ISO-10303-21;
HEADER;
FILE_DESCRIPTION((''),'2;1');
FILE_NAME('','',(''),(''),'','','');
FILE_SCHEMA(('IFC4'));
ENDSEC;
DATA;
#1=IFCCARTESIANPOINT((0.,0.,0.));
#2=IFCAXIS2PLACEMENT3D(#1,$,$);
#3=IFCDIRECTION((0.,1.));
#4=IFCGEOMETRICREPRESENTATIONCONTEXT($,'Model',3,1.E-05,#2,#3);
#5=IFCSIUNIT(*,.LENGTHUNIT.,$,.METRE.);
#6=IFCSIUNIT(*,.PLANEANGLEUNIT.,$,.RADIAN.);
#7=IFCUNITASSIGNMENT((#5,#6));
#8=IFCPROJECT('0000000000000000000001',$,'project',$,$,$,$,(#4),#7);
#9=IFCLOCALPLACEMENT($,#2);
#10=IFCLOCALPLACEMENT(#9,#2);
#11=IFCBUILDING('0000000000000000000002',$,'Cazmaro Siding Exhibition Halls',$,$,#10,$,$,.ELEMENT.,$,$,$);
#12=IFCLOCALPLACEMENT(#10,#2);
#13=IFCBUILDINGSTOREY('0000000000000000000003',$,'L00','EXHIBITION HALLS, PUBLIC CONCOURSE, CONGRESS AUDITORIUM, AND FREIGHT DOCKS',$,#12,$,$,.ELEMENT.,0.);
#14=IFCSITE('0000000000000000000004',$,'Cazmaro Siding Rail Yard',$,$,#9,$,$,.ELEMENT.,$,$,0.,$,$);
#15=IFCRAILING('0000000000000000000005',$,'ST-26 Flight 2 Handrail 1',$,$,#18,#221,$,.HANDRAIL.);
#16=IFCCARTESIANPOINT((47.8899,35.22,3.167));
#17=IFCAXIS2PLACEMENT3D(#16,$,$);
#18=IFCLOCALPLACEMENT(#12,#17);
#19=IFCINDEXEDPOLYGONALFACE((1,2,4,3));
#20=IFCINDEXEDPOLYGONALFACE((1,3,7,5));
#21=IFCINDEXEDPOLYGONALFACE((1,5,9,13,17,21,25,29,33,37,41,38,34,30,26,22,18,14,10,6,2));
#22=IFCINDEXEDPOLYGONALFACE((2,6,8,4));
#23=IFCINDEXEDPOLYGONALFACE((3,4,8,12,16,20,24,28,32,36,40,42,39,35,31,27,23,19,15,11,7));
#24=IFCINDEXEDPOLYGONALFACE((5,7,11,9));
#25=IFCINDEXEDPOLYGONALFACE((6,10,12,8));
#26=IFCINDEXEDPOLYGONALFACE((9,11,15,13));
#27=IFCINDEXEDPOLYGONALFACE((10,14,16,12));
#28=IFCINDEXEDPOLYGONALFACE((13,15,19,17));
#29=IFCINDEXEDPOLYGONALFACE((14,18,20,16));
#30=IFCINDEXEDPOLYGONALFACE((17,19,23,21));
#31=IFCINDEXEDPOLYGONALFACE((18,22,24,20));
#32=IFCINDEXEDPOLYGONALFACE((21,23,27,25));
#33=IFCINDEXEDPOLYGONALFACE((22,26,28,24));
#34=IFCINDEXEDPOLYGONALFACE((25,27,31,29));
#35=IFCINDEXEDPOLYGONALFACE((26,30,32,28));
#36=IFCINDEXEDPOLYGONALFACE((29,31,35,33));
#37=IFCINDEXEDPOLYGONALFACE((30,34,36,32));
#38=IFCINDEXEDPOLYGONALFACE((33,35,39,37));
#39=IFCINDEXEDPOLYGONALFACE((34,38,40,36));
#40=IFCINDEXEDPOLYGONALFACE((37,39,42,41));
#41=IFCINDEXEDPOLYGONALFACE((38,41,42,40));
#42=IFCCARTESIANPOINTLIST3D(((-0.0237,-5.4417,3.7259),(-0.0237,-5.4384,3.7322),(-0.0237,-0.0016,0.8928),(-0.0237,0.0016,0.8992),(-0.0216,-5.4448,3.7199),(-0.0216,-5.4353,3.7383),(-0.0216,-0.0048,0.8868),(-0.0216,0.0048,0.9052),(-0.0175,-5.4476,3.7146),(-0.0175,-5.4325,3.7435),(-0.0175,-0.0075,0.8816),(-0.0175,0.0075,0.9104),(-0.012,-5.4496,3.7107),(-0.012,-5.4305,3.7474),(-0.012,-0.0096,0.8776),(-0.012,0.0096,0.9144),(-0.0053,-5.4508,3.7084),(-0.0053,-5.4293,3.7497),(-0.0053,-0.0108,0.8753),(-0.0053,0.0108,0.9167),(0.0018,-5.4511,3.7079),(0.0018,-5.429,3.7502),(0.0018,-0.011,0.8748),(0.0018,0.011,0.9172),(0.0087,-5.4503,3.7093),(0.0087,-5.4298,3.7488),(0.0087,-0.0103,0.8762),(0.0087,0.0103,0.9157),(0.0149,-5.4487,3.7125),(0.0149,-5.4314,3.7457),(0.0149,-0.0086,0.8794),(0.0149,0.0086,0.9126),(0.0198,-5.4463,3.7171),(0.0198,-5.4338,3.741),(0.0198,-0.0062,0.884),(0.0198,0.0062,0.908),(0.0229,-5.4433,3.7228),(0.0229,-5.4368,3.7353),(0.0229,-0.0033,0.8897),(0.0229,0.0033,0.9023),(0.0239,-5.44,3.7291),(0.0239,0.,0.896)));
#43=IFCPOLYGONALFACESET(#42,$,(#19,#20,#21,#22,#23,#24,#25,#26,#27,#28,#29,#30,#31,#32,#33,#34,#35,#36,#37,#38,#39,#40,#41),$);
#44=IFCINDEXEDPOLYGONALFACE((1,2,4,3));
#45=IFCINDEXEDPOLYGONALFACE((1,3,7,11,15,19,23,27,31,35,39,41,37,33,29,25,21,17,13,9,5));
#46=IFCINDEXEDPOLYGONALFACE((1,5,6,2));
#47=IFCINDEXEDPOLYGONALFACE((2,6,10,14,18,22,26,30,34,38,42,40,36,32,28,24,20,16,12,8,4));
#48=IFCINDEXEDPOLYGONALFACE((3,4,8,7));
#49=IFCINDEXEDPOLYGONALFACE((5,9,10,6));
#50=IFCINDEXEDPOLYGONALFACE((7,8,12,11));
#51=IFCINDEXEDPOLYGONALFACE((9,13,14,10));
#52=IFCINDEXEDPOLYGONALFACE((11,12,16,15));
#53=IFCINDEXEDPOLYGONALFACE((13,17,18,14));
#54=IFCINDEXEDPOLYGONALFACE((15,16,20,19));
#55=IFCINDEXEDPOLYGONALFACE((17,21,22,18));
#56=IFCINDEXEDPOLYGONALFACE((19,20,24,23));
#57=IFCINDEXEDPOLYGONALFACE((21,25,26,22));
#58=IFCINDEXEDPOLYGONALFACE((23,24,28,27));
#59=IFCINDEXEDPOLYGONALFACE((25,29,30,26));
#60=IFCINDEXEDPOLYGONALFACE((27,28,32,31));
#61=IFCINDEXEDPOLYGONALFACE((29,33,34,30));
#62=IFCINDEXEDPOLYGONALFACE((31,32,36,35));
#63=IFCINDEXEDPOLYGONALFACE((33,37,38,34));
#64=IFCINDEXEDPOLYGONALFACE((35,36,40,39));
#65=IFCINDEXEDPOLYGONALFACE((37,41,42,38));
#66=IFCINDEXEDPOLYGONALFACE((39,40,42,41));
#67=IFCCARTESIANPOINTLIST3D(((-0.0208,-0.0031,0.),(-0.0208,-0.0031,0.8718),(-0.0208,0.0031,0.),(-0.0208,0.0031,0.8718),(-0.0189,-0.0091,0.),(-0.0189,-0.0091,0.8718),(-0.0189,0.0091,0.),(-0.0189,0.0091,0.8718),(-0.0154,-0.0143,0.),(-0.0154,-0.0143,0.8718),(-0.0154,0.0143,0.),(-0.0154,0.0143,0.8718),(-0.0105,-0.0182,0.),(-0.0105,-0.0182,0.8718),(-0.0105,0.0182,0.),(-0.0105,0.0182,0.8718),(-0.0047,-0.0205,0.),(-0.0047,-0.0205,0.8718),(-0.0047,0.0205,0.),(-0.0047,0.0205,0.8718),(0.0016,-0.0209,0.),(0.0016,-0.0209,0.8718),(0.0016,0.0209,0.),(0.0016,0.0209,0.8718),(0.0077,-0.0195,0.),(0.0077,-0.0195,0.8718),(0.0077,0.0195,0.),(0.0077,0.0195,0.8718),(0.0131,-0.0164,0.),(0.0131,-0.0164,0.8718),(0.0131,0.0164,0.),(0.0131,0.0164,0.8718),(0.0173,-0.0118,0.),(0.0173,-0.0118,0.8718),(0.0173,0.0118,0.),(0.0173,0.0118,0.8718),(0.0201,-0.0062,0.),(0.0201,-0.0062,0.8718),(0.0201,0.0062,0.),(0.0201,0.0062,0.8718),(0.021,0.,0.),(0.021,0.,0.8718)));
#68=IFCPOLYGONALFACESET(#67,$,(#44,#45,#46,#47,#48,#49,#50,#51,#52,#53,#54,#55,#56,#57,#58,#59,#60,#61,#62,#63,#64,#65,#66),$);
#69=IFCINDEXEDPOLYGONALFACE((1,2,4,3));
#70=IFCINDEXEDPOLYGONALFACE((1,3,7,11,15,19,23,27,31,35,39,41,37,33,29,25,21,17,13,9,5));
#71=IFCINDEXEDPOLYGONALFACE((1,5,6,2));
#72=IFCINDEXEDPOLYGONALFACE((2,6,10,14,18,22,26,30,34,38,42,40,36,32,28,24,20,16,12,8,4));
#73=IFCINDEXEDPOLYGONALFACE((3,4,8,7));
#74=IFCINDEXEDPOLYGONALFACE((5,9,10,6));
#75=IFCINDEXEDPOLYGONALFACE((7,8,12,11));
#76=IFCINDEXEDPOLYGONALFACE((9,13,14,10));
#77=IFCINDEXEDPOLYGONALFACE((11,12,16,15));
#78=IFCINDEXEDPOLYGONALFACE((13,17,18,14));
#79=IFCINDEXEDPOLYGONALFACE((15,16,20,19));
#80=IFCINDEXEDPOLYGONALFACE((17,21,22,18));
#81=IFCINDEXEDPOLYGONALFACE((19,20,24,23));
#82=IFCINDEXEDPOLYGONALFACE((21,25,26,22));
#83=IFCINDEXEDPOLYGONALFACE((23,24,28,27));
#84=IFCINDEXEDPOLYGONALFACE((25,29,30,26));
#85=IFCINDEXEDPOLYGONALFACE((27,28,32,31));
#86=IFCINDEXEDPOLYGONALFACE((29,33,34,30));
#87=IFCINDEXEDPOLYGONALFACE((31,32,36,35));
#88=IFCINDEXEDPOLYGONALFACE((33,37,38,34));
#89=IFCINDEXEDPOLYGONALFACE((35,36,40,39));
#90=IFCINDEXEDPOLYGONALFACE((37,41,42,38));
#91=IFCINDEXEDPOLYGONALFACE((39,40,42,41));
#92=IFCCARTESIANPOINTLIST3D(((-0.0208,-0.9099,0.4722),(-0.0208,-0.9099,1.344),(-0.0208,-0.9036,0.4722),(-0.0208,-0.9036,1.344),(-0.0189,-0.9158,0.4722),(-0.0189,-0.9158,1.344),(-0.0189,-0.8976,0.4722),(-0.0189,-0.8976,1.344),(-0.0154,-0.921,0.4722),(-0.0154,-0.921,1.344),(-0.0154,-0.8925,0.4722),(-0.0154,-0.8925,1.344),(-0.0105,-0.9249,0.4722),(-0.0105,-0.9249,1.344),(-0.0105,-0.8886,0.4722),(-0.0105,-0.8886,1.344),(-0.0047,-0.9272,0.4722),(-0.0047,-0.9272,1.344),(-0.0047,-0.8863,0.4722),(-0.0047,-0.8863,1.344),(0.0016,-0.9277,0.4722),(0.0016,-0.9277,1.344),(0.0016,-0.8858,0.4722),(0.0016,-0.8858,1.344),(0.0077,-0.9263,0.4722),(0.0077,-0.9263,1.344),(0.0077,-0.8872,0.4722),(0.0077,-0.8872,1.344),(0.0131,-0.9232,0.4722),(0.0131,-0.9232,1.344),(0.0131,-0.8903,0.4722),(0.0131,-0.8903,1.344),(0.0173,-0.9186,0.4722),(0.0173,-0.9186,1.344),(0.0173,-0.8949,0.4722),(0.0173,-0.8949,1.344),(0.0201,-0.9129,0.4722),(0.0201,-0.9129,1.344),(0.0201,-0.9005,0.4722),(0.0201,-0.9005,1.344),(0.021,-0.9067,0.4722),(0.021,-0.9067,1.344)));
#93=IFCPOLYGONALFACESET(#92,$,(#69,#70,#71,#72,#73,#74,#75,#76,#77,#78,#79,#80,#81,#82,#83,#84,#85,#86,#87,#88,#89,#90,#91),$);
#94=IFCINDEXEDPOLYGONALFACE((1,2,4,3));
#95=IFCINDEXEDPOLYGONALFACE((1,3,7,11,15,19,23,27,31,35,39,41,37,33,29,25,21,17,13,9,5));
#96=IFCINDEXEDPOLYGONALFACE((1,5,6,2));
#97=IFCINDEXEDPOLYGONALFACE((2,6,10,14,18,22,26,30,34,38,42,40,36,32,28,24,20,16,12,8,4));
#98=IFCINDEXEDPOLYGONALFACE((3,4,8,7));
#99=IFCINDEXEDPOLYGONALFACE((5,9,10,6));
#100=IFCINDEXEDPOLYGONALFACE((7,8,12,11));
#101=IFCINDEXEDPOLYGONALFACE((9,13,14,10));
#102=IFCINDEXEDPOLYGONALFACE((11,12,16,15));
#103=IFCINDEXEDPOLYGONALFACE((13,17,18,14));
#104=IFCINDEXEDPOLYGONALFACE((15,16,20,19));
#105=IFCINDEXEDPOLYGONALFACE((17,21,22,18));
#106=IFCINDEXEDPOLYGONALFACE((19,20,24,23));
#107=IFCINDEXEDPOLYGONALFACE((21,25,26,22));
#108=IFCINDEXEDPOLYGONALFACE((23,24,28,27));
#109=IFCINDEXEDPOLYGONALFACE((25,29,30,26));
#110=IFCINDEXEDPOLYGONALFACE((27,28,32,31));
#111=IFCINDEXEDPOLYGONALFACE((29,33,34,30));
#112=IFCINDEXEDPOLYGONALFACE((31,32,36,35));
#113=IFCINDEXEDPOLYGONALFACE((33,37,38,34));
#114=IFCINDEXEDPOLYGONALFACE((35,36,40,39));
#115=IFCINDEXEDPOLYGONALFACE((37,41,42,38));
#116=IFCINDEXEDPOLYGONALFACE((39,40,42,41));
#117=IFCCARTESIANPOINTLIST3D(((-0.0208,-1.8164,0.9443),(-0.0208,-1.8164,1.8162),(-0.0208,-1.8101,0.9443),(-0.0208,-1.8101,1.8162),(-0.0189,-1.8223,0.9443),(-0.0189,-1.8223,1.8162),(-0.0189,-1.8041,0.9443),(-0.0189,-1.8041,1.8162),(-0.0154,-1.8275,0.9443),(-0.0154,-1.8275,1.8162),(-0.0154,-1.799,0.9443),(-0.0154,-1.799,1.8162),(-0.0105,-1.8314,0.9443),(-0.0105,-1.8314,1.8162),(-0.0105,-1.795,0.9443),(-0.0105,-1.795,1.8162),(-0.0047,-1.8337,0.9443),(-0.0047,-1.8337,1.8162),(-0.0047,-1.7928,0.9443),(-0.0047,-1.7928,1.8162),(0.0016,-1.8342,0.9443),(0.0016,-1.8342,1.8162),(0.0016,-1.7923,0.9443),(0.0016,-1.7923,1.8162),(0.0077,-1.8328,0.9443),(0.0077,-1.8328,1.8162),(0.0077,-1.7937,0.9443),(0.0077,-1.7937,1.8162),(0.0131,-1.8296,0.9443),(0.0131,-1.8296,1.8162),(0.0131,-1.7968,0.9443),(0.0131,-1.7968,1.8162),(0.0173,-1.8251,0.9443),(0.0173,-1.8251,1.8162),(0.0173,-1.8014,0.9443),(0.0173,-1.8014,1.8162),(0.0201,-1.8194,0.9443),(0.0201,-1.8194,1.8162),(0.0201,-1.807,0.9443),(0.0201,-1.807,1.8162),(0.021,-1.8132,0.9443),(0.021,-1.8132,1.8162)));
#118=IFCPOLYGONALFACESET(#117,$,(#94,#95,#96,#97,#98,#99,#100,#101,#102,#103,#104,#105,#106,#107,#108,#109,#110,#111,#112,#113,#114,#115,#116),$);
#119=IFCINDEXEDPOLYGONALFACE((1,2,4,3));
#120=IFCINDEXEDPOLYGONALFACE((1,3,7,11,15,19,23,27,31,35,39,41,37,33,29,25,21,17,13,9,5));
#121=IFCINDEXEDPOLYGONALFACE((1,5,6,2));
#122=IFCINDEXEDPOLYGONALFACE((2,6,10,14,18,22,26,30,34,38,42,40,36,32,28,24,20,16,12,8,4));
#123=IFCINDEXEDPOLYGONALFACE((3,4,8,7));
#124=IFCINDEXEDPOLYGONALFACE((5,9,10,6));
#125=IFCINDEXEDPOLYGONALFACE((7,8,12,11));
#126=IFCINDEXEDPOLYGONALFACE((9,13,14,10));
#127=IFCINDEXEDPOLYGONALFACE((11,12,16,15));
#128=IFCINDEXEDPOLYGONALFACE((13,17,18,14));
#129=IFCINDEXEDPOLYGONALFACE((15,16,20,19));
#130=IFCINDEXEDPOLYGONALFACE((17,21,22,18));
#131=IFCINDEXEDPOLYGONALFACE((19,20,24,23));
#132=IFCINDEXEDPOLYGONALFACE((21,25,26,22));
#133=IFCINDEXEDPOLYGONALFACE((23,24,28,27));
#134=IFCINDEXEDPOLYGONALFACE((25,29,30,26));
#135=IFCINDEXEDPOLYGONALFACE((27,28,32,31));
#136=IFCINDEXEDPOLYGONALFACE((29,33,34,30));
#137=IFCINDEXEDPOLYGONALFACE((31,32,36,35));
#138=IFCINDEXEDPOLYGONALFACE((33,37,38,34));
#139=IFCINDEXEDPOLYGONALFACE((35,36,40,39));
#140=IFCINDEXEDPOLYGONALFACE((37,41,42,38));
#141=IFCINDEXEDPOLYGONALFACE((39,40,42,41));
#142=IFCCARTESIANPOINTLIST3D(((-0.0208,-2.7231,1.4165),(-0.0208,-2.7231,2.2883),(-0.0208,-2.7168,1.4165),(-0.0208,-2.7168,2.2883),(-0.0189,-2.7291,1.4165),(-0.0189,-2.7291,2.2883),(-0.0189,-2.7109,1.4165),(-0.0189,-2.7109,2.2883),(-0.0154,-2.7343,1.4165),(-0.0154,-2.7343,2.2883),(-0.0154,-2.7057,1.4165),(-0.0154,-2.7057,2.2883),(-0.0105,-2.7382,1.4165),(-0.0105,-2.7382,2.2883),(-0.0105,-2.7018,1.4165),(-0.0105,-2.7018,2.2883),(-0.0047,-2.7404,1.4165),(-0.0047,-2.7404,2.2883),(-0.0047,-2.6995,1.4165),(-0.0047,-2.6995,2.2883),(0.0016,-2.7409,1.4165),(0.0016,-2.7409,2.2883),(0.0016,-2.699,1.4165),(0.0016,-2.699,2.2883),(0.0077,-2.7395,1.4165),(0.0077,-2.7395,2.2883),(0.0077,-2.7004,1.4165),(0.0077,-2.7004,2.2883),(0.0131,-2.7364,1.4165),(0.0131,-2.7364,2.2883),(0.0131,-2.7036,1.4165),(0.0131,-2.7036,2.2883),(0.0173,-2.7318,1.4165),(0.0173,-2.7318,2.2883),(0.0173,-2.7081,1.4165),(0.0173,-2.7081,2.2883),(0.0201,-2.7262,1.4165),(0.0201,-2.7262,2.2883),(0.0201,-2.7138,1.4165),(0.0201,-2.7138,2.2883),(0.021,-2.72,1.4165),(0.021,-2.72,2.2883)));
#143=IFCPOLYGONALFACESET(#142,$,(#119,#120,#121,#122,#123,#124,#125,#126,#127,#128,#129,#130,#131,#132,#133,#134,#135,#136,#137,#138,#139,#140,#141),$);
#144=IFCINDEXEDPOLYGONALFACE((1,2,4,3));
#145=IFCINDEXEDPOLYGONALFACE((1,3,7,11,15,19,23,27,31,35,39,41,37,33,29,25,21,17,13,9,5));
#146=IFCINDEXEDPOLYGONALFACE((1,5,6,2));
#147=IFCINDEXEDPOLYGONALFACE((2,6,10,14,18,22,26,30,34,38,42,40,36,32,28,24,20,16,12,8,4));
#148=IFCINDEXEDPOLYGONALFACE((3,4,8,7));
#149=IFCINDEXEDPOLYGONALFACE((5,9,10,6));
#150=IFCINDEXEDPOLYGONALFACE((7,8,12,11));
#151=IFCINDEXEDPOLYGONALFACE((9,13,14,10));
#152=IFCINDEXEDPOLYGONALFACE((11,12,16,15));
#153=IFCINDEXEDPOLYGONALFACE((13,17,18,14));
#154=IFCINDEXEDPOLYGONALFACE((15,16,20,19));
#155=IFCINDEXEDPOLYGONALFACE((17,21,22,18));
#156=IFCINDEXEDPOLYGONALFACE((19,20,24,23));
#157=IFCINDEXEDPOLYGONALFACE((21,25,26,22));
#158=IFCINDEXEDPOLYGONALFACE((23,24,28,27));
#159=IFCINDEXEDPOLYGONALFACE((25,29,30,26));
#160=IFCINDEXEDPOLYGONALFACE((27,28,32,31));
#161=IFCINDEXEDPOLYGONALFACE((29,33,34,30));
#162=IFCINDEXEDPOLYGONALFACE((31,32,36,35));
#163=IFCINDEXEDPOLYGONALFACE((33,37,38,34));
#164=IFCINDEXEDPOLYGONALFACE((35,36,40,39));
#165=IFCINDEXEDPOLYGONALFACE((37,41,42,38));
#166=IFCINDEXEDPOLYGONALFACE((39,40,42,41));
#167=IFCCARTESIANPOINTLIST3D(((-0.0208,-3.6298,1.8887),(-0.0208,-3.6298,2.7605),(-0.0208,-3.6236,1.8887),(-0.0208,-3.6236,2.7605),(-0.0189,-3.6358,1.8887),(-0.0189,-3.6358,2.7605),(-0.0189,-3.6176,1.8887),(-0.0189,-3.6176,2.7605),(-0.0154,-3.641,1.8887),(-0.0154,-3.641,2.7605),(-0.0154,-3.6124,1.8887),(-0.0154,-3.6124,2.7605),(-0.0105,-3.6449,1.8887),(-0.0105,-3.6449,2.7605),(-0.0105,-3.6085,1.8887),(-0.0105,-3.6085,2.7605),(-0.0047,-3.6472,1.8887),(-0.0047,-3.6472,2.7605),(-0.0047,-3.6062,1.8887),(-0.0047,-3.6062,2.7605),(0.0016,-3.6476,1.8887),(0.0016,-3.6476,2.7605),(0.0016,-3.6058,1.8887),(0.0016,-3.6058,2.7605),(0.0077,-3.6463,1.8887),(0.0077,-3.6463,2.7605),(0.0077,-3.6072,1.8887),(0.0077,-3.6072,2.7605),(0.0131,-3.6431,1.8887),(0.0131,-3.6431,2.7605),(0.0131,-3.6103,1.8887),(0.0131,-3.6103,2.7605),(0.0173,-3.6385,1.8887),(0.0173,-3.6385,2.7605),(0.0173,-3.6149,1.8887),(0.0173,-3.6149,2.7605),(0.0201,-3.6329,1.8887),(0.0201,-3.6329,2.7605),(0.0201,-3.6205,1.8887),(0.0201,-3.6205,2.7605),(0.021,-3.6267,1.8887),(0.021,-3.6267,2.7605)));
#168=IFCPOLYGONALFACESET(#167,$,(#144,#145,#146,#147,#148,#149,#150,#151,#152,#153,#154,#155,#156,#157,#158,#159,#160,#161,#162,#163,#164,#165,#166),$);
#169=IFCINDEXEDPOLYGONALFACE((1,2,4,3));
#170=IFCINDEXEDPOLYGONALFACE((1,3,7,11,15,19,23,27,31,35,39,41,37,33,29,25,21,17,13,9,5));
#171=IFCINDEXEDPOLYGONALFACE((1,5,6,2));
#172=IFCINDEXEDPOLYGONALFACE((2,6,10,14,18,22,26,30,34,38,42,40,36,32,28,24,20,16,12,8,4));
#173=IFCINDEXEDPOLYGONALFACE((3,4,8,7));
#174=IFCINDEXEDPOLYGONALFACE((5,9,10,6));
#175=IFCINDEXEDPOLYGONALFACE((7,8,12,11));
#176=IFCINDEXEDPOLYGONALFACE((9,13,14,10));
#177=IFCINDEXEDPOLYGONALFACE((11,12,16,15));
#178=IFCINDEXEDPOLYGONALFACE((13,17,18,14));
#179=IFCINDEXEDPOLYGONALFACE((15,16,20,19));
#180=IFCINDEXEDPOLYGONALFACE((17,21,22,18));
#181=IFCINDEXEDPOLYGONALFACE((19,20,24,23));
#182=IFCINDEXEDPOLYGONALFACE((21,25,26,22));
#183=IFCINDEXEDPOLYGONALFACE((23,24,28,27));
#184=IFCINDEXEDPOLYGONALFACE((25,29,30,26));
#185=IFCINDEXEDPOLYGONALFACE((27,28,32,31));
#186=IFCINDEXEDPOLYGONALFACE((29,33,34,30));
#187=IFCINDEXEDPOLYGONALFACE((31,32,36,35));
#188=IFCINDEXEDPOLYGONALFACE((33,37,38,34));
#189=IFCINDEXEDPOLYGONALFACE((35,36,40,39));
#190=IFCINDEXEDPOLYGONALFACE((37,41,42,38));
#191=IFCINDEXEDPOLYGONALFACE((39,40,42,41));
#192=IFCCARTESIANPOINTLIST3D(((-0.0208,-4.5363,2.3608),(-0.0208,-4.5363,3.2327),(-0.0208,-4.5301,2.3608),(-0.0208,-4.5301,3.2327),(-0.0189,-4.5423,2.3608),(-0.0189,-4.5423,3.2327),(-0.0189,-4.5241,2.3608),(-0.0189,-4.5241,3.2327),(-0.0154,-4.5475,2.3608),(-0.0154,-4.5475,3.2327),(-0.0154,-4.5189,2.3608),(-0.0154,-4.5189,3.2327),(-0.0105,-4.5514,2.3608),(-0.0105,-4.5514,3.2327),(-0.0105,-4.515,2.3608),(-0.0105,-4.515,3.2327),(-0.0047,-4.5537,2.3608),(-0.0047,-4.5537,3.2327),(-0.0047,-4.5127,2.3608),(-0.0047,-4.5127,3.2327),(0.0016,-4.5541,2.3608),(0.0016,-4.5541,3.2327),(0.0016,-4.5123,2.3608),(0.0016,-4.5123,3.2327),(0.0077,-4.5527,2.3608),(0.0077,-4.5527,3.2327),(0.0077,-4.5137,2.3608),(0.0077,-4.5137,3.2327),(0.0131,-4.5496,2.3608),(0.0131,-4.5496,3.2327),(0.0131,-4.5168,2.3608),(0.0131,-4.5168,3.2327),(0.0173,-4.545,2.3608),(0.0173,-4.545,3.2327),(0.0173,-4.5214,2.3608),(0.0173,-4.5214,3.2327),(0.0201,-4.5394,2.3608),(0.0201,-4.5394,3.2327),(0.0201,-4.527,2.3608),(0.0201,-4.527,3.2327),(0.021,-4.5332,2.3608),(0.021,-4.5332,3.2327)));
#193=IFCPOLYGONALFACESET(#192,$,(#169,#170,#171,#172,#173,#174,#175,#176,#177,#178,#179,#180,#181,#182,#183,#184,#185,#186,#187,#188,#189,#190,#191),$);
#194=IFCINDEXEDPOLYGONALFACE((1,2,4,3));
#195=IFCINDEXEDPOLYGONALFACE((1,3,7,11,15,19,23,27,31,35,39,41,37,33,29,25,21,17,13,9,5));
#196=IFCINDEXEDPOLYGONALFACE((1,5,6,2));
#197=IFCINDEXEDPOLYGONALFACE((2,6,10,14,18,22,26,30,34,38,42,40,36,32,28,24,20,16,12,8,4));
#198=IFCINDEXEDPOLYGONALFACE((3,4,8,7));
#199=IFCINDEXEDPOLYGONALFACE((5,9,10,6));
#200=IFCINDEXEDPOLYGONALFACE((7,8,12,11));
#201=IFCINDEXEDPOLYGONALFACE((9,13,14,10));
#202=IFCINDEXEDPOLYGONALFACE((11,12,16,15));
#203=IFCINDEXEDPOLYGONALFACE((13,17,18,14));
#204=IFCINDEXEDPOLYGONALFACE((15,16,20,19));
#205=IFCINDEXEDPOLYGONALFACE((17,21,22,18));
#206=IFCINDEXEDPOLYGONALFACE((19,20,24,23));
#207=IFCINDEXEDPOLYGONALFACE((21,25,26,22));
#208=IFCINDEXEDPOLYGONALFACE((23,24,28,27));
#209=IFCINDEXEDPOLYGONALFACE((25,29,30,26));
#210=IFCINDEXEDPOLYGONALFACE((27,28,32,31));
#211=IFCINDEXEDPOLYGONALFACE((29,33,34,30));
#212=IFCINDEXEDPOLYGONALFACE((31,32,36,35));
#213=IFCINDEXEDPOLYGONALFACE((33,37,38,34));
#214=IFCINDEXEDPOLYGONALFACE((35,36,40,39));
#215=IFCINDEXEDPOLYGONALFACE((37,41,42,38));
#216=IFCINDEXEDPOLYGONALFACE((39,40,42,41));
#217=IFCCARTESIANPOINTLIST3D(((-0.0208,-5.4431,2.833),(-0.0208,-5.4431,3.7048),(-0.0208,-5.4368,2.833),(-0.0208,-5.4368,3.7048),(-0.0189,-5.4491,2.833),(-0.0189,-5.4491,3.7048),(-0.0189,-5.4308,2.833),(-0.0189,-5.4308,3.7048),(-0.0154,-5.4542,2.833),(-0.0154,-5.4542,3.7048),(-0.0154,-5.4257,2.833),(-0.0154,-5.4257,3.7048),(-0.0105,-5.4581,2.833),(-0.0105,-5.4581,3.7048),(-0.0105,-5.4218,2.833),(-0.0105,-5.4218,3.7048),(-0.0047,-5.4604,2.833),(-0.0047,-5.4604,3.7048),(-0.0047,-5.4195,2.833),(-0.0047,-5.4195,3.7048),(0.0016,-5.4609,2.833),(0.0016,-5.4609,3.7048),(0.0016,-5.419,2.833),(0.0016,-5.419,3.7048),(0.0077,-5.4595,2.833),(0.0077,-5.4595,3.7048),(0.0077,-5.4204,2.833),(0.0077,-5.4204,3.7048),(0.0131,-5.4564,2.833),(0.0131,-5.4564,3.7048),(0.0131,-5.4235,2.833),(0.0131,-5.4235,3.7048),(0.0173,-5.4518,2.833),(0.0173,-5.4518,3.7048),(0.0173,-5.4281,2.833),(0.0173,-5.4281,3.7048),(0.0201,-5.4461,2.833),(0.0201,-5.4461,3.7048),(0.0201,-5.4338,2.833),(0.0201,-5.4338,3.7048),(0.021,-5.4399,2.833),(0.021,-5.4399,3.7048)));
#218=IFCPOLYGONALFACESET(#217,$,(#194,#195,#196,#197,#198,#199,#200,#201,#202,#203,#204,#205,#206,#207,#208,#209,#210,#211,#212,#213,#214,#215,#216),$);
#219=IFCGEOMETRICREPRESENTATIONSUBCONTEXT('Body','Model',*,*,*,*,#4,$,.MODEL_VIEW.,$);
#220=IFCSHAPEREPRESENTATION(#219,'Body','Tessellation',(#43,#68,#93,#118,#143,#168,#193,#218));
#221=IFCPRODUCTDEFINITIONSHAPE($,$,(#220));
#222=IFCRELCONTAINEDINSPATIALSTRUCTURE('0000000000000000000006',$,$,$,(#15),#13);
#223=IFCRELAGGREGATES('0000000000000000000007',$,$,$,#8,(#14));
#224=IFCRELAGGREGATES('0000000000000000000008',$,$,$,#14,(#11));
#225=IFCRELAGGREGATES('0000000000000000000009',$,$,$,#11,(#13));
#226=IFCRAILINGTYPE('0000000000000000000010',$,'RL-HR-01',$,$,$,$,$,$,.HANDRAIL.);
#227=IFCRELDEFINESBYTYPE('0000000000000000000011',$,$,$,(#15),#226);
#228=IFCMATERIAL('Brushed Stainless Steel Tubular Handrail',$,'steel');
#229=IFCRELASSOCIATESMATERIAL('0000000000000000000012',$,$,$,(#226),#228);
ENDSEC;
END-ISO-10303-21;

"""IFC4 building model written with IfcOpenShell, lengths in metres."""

from ifc_helpers import new_model, si_unit, direction, frame, origin, origin_2d, place, context, subcontext, project, spatial, circle, extrude, material, type_object, element, save


model = new_model("IFC4")

# Units and contexts
model_context = context("Model", 3, precision=1e-05, world=origin(), true_north=direction((0.0, 1.0)))
body_context = subcontext(model_context, "Body", "Model", "MODEL_VIEW")
ifc_project = project(units=[si_unit("LENGTHUNIT", "METRE"), si_unit("PLANEANGLEUNIT", "RADIAN")], contexts=[model_context])

# Site, building, storey
site_placement = place(None, origin())
site = spatial("IfcSite", under=ifc_project, at=site_placement, Name="Cazmaro Siding Rail Yard", CompositionType="ELEMENT", RefElevation=0.0)
building_placement = place(site_placement, origin())
building = spatial("IfcBuilding", under=site, at=building_placement, Name="Cazmaro Siding Exhibition Halls", CompositionType="ELEMENT")
storey_placement = place(building_placement, origin())
storey = spatial("IfcBuildingStorey", under=building, at=storey_placement, Name="L00", Description="EXHIBITION HALLS, PUBLIC CONCOURSE, CONGRESS AUDITORIUM, AND FREIGHT DOCKS", CompositionType="ELEMENT", Elevation=0.0)

# Railing
ifc_material_1 = material(Name="Brushed Stainless Steel Tubular Handrail", Category="steel")
railing_type_1 = type_object("IfcRailingType", Name="RL-HR-01", PredefinedType="HANDRAIL", material=ifc_material_1)
railing_1_placement = place(storey_placement, frame((47.8899, 35.22, 3.167)))
element("IfcRailing", 1, at=railing_1_placement, inside=storey, type_object=railing_type_1, Name="ST-26 Flight 2 Handrail 1", PredefinedType="HANDRAIL", context=body_context, shape_type="SweptSolid", body=[
    extrude(circle(Radius=0.0239, at=origin_2d()), frame((0.0, 0.0, 0.896), z_axis=(0.0, -0.886934, 0.461897), x_axis=(1.0, 0.0, 0.0)), (0.0, 0.0, 1.0), 6.1335),
    extrude(circle(Radius=0.021, at=origin_2d()), origin(), (0.0, 0.0, 1.0), 0.8718),
    extrude(circle(Radius=0.021, at=origin_2d()), frame((0.0, -0.9067, 0.4722)), (0.0, 0.0, 1.0), 0.8718),
    extrude(circle(Radius=0.021, at=origin_2d()), frame((0.0, -1.8132, 0.9443)), (0.0, 0.0, 1.0), 0.8718),
    extrude(circle(Radius=0.021, at=origin_2d()), frame((0.0, -2.72, 1.4165)), (0.0, 0.0, 1.0), 0.8718),
    extrude(circle(Radius=0.021, at=origin_2d()), frame((0.0, -3.6267, 1.8887)), (0.0, 0.0, 1.0), 0.8718),
    extrude(circle(Radius=0.021, at=origin_2d()), frame((0.0, -4.5332, 2.3608)), (0.0, 0.0, 1.0), 0.8718),
    extrude(circle(Radius=0.021, at=origin_2d()), frame((0.0, -5.4399, 2.833)), (0.0, 0.0, 1.0), 0.8718),
])

save(model, "model.ifc")
